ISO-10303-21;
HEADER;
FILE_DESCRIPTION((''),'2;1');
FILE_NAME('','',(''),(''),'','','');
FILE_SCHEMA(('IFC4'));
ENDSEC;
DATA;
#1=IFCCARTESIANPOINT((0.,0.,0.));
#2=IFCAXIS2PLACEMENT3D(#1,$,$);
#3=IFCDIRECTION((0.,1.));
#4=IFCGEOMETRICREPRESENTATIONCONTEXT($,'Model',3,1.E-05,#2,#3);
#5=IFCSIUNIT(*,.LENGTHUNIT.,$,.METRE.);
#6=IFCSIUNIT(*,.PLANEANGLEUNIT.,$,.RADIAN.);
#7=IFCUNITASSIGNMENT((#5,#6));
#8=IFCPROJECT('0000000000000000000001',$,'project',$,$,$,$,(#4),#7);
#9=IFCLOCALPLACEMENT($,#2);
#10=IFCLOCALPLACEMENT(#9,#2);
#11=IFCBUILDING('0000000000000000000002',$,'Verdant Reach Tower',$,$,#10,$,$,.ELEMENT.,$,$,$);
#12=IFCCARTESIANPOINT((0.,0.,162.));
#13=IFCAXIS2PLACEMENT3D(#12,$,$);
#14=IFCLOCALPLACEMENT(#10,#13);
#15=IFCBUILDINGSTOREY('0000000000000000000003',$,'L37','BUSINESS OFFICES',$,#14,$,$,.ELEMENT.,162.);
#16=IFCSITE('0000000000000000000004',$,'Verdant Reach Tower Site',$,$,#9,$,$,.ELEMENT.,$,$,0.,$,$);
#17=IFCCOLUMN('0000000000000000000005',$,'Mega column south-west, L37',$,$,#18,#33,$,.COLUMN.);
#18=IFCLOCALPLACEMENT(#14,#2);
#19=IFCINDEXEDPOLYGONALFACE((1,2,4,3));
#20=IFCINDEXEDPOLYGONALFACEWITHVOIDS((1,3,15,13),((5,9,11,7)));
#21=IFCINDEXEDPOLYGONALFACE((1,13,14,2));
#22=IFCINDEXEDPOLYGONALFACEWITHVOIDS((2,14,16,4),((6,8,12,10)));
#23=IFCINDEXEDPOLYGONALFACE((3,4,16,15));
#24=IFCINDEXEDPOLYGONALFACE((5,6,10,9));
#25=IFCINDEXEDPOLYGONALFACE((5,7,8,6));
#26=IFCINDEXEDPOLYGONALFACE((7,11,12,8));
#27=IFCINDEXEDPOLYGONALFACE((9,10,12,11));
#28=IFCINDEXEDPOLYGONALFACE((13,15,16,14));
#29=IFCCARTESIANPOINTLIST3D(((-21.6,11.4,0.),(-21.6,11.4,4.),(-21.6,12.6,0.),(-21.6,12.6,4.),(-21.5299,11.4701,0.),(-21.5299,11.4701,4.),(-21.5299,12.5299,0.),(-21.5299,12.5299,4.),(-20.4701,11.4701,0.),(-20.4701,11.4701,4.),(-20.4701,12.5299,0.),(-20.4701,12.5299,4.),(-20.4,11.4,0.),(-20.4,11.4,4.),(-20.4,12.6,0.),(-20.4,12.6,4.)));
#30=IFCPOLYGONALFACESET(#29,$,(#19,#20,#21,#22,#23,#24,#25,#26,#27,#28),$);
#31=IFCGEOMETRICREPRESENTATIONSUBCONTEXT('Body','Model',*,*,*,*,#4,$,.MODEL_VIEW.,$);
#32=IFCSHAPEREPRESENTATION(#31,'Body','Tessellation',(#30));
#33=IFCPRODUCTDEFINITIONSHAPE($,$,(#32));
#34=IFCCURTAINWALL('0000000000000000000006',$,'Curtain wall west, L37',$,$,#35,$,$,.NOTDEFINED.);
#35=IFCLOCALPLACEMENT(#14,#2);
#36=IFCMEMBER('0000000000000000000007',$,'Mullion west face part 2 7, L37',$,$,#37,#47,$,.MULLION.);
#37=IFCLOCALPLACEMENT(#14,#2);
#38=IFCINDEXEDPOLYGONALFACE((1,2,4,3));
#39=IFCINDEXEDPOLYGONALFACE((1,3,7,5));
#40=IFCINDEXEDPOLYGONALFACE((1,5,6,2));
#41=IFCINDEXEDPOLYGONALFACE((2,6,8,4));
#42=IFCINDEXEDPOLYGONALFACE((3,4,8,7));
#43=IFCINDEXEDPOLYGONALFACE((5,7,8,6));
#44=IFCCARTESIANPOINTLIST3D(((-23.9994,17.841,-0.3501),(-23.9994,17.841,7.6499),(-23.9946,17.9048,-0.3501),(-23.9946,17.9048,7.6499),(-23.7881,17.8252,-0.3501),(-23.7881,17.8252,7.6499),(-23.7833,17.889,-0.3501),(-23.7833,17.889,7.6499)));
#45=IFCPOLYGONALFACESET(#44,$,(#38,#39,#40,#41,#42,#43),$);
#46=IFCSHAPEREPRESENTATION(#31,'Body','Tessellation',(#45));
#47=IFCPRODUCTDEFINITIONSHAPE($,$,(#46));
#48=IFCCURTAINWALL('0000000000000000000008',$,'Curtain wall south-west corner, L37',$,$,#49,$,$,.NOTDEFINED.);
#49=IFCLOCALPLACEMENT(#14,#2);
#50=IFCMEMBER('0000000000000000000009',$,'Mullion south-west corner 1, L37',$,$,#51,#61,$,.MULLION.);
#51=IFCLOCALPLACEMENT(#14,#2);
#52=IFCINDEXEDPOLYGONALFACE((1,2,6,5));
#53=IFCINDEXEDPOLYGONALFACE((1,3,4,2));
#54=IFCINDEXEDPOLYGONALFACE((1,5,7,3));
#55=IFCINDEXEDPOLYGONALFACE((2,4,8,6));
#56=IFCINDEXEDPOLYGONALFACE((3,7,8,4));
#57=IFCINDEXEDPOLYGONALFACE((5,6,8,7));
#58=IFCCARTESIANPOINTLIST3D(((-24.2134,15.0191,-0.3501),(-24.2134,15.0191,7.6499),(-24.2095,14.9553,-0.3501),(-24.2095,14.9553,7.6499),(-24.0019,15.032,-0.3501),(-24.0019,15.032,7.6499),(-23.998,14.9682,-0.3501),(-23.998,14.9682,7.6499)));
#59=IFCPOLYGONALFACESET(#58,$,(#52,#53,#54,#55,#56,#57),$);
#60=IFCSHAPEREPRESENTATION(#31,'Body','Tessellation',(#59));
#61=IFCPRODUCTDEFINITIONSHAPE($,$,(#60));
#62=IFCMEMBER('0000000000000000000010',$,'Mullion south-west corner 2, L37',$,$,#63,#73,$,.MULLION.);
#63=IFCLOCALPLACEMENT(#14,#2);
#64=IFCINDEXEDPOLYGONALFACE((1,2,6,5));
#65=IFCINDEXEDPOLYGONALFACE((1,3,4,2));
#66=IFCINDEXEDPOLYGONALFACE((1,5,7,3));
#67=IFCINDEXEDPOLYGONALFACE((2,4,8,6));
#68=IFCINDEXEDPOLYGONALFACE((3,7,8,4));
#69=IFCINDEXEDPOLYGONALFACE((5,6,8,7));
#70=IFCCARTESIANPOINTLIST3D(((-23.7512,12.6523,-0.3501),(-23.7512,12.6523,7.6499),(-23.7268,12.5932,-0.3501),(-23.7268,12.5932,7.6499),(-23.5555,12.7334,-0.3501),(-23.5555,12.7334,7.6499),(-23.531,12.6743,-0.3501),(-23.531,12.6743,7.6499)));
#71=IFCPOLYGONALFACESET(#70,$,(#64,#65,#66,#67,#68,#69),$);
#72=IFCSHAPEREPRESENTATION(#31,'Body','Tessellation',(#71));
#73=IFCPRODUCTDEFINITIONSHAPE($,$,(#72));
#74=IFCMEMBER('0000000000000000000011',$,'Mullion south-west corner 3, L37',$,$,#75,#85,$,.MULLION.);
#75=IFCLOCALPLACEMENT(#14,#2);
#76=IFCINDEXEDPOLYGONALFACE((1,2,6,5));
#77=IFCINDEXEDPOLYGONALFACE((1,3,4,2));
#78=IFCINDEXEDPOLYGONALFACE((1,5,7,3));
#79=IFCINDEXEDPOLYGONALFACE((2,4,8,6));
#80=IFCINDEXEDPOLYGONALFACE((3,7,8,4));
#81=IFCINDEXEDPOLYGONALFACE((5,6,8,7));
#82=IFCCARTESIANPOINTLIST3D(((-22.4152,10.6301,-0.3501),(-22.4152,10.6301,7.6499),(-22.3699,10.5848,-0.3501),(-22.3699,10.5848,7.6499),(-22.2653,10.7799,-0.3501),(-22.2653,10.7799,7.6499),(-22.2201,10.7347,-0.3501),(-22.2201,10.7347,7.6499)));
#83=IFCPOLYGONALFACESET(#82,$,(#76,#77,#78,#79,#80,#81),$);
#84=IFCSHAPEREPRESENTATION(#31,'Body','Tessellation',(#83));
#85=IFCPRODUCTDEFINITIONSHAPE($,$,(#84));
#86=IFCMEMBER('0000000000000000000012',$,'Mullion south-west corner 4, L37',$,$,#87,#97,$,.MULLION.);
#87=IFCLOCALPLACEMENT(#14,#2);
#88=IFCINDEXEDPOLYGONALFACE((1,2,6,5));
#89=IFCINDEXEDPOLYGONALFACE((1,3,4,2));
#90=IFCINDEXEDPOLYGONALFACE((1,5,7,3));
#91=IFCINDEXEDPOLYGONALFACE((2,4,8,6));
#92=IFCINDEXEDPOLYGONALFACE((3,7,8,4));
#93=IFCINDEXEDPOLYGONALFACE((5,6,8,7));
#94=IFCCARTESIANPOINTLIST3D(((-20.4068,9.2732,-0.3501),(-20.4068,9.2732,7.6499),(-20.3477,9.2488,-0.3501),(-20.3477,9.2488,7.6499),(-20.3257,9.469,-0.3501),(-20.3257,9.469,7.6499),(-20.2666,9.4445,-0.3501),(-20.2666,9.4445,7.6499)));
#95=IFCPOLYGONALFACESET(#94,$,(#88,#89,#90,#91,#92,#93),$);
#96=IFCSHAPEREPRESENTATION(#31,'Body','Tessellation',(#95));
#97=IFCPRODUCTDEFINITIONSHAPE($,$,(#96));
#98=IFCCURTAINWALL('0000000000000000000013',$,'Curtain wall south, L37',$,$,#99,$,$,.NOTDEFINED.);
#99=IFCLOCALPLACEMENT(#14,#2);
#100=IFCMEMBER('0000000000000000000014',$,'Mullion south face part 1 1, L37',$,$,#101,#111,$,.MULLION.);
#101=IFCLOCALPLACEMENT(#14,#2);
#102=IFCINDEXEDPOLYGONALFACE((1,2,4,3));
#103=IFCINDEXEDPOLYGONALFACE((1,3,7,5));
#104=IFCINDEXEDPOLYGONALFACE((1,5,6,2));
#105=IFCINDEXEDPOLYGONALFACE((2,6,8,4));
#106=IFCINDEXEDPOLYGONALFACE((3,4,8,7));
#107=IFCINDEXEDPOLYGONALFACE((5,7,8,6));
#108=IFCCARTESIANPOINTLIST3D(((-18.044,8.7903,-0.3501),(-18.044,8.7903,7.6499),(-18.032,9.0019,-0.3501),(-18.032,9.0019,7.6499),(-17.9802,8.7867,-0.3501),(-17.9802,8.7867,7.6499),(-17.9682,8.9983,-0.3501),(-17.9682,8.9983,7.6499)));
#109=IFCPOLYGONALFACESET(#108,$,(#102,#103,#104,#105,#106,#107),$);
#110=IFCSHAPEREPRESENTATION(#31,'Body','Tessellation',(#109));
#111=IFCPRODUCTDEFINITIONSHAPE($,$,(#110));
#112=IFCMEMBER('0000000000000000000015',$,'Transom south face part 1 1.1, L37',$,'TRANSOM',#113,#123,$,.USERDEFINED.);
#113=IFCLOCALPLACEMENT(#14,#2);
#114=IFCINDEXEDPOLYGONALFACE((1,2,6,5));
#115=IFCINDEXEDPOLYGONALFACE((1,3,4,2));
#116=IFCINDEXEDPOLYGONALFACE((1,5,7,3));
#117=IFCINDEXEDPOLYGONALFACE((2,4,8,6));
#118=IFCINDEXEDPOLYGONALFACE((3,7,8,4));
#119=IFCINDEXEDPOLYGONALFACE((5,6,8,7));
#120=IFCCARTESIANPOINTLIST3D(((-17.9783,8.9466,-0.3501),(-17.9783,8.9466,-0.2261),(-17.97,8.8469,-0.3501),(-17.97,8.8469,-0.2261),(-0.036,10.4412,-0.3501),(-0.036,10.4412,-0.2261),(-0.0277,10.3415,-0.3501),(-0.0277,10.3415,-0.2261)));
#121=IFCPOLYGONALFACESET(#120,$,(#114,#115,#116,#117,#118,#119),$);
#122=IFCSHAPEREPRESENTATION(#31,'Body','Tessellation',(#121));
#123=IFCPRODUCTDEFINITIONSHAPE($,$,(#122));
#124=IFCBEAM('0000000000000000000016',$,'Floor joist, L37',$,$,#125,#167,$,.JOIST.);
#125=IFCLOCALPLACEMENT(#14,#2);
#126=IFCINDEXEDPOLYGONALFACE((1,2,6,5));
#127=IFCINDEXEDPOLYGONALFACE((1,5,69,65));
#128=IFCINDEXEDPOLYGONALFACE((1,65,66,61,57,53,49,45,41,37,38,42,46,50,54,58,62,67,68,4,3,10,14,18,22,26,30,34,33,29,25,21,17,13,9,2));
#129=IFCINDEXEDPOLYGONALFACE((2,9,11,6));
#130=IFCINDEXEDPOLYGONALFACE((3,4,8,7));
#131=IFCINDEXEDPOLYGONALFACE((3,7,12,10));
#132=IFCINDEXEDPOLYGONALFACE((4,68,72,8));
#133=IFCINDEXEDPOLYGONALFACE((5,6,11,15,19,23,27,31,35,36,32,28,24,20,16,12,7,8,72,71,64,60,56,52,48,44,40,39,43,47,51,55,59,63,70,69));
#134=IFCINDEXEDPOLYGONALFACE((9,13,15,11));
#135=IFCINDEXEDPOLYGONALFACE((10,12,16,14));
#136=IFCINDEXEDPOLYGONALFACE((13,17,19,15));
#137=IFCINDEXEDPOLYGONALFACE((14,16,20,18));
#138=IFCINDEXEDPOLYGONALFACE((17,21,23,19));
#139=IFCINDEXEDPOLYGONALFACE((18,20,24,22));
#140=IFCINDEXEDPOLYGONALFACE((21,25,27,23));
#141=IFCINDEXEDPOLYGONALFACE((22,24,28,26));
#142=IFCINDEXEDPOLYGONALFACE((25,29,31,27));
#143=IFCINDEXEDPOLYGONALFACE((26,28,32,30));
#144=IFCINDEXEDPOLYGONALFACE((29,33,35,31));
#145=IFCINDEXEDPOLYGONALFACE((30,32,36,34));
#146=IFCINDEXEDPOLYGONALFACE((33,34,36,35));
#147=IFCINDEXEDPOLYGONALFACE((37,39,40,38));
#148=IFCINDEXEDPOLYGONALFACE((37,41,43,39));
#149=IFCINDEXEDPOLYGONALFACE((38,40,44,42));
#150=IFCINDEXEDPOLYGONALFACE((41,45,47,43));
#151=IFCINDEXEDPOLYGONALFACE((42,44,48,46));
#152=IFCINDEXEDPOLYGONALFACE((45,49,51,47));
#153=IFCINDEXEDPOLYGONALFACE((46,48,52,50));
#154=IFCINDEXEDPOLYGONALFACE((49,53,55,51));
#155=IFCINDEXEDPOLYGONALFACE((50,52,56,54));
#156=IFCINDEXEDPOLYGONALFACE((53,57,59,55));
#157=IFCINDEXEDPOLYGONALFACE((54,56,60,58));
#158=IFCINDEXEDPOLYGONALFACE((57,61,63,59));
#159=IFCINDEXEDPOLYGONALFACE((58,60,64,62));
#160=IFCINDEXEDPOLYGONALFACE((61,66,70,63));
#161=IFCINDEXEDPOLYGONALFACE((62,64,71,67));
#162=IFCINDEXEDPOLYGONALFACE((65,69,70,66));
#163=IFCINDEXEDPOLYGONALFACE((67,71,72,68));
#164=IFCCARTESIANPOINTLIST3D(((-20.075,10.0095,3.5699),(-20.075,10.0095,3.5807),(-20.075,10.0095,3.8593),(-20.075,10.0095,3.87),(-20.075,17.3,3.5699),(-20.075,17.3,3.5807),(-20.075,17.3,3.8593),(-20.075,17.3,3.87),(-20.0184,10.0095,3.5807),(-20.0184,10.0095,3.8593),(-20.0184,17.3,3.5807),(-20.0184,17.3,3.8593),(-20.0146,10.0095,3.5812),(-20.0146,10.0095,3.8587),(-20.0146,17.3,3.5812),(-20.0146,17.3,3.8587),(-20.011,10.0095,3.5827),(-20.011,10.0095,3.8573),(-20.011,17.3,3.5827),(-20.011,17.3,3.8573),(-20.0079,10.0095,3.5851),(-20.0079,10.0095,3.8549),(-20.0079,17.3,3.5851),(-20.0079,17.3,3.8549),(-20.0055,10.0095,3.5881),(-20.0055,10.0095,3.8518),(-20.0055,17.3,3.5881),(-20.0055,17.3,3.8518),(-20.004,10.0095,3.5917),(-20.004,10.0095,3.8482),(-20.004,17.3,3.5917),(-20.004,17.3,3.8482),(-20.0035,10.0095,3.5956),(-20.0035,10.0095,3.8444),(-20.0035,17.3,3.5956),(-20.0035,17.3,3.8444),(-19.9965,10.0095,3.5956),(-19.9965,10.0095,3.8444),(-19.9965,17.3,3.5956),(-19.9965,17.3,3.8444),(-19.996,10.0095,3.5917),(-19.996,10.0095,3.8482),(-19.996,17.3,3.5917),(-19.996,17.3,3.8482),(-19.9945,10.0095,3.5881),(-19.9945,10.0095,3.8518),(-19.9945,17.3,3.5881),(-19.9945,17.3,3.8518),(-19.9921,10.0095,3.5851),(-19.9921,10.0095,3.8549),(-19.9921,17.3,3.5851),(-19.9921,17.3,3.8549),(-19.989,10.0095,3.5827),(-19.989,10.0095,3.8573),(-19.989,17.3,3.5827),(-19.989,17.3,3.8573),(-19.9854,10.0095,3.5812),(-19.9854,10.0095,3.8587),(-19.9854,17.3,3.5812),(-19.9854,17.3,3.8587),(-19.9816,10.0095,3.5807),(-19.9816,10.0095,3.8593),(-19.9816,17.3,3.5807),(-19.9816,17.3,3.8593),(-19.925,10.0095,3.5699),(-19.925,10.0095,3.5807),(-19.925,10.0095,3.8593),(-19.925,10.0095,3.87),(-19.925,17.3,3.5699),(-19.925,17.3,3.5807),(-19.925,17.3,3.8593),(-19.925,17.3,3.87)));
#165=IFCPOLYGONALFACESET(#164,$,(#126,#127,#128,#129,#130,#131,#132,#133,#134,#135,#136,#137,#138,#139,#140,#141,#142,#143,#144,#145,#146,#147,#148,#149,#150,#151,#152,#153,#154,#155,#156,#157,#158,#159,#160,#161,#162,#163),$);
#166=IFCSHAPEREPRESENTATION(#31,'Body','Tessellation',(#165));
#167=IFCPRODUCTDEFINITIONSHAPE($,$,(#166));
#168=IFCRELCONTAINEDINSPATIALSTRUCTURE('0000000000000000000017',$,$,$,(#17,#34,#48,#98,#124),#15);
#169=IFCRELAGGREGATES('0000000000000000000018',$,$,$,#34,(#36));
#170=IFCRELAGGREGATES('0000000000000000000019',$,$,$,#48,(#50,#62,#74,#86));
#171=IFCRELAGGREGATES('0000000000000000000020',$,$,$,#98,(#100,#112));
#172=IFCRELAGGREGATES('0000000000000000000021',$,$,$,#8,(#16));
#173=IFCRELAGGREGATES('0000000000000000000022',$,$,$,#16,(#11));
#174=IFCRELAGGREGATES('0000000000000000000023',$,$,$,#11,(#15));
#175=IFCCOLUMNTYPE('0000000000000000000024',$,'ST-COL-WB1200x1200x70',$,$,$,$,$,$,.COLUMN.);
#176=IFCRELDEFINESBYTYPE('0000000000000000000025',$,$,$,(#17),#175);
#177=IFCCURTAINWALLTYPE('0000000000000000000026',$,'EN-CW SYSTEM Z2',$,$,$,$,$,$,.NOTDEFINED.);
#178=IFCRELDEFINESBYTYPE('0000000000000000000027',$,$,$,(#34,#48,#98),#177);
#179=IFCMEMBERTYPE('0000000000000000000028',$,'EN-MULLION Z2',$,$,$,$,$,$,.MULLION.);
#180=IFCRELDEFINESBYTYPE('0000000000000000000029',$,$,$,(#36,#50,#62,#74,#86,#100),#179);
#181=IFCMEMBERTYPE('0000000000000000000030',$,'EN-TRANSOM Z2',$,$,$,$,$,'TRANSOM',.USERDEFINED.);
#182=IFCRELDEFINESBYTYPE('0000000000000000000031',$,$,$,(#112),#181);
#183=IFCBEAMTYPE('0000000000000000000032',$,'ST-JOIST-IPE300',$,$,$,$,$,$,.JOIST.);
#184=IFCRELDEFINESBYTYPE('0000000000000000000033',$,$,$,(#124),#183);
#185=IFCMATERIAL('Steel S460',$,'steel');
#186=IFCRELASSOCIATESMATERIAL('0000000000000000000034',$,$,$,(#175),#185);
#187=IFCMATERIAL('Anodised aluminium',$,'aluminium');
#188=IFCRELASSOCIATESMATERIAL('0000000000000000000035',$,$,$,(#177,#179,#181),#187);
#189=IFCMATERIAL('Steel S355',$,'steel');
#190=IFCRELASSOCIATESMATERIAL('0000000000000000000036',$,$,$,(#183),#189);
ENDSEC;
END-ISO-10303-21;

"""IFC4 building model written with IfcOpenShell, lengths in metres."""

from ifc_helpers import new_model, si_unit, direction, frame, origin, origin_2d, place, context, subcontext, project, spatial, rectangle, hollow_rectangle, i_section, extrude, material, material_profile, profile_set, type_object, element, aggregate, save


model = new_model("IFC4")

# Units and contexts
model_context = context("Model", 3, precision=1e-05, world=origin(), true_north=direction((0.0, 1.0)))
body_context = subcontext(model_context, "Body", "Model", "MODEL_VIEW")
ifc_project = project(units=[si_unit("LENGTHUNIT", "METRE"), si_unit("PLANEANGLEUNIT", "RADIAN")], contexts=[model_context])

# Site, building, storey
site_placement = place(None, origin())
site = spatial("IfcSite", under=ifc_project, at=site_placement, Name="Verdant Reach Tower Site", CompositionType="ELEMENT", RefElevation=0.0)
building_placement = place(site_placement, origin())
building = spatial("IfcBuilding", under=site, at=building_placement, Name="Verdant Reach Tower", CompositionType="ELEMENT")
storey_placement = place(building_placement, frame((0.0, 0.0, 162.0)))
storey = spatial("IfcBuildingStorey", under=building, at=storey_placement, Name="L37", Description="BUSINESS OFFICES", CompositionType="ELEMENT", Elevation=162.0)

# Column
ifc_material_1 = material(Name="Steel S460", Category="steel")
ifc_material_profile_1 = material_profile(ifc_material_1, hollow_rectangle(XDim=1.2, YDim=1.2, WallThickness=0.0701, at=origin_2d()), Name="WB 1200x1200x70")
ifc_profile_set_1 = profile_set([ifc_material_profile_1], Name="Steel S460")
column_type = type_object("IfcColumnType", Name="ST-COL-WB1200x1200x70", PredefinedType="COLUMN", material=ifc_profile_set_1)
column_placement = place(storey_placement, frame((-21.0, 12.0, 0.0), z_axis=(0.0, 0.0, 1.0), x_axis=(1.0, 0.0, 0.0)))
element("IfcColumn", 1, at=column_placement, inside=storey, type_object=column_type, Name="Mega column south-west, L37", PredefinedType="COLUMN", context=body_context, shape_type="SweptSolid", body=[
    extrude(hollow_rectangle(XDim=1.2, YDim=1.2, WallThickness=0.0701, at=origin_2d()), origin(), (0.0, 0.0, 1.0), 4.0),
])

# Curtain wall, member
ifc_material_2 = material(Name="Anodised aluminium", Category="aluminium")
curtain_wall_type = type_object("IfcCurtainWallType", Name="EN-CW SYSTEM Z2", PredefinedType="NOTDEFINED", material=ifc_material_2)
curtain_wall_1_placement = place(storey_placement, origin())
curtain_wall_1 = element("IfcCurtainWall", 2, at=curtain_wall_1_placement, inside=storey, type_object=curtain_wall_type, Name="Curtain wall west, L37", PredefinedType="NOTDEFINED")
ifc_material_profile_2 = material_profile(ifc_material_2, rectangle(XDim=0.2119, YDim=0.064, at=origin_2d()), Name="Mullion 64x212")
ifc_profile_set_2 = profile_set([ifc_material_profile_2], Name="Anodised aluminium")
member_type_1 = type_object("IfcMemberType", Name="EN-MULLION Z2", PredefinedType="MULLION", material=ifc_profile_set_2)
member_1_placement = place(storey_placement, frame((-23.8914, 17.865, -0.3501), z_axis=(0.0, 0.0, 1.0), x_axis=(-0.997199, 0.07479, 0.0)))
member_1 = element("IfcMember", 3, at=member_1_placement, type_object=member_type_1, Name="Mullion west face part 2 7, L37", PredefinedType="MULLION", context=body_context, shape_type="SweptSolid", body=[
    extrude(rectangle(XDim=0.2119, YDim=0.064, at=origin_2d()), origin(), (0.0, 0.0, 1.0), 8.0),
])

# Curtain walls, members
curtain_wall_2_placement = place(storey_placement, origin())
curtain_wall_2 = element("IfcCurtainWall", 4, at=curtain_wall_2_placement, inside=storey, type_object=curtain_wall_type, Name="Curtain wall south-west corner, L37", PredefinedType="NOTDEFINED")
member_2_placement = place(storey_placement, frame((-24.1057, 14.9937, -0.3501), z_axis=(0.0, 0.0, 1.0), x_axis=(-0.998156, -0.060703, 0.0)))
member_2 = element("IfcMember", 5, at=member_2_placement, type_object=member_type_1, Name="Mullion south-west corner 1, L37", PredefinedType="MULLION", context=body_context, shape_type="SweptSolid", body=[
    extrude(rectangle(XDim=0.2119, YDim=0.064, at=origin_2d()), origin(), (0.0, 0.0, 1.0), 8.0),
])
member_3_placement = place(storey_placement, frame((-23.6411, 12.6633, -0.3501), z_axis=(0.0, 0.0, 1.0), x_axis=(-0.923875, -0.382694, 0.0)))
member_3 = element("IfcMember", 6, at=member_3_placement, type_object=member_type_1, Name="Mullion south-west corner 2, L37", PredefinedType="MULLION", context=body_context, shape_type="SweptSolid", body=[
    extrude(rectangle(XDim=0.2119, YDim=0.064, at=origin_2d()), origin(), (0.0, 0.0, 1.0), 8.0),
])
member_4_placement = place(storey_placement, frame((-22.3176, 10.6824, -0.3501), z_axis=(0.0, 0.0, 1.0), x_axis=(-0.707107, -0.707107, 0.0)))
member_4 = element("IfcMember", 7, at=member_4_placement, type_object=member_type_1, Name="Mullion south-west corner 3, L37", PredefinedType="MULLION", context=body_context, shape_type="SweptSolid", body=[
    extrude(rectangle(XDim=0.2119, YDim=0.064, at=origin_2d()), origin(), (0.0, 0.0, 1.0), 8.0),
])
member_5_placement = place(storey_placement, frame((-20.3367, 9.3589, -0.3501), z_axis=(0.0, 0.0, 1.0), x_axis=(-0.382694, -0.923875, 0.0)))
member_5 = element("IfcMember", 8, at=member_5_placement, type_object=member_type_1, Name="Mullion south-west corner 4, L37", PredefinedType="MULLION", context=body_context, shape_type="SweptSolid", body=[
    extrude(rectangle(XDim=0.2119, YDim=0.064, at=origin_2d()), origin(), (0.0, 0.0, 1.0), 8.0),
])
curtain_wall_3_placement = place(storey_placement, origin())
curtain_wall_3 = element("IfcCurtainWall", 9, at=curtain_wall_3_placement, inside=storey, type_object=curtain_wall_type, Name="Curtain wall south, L37", PredefinedType="NOTDEFINED")
member_6_placement = place(storey_placement, frame((-18.0061, 8.8943, -0.3501), z_axis=(0.0, 0.0, 1.0), x_axis=(-0.056569, -0.998399, 0.0)))
member_6 = element("IfcMember", 10, at=member_6_placement, type_object=member_type_1, Name="Mullion south face part 1 1, L37", PredefinedType="MULLION", context=body_context, shape_type="SweptSolid", body=[
    extrude(rectangle(XDim=0.2119, YDim=0.064, at=origin_2d()), origin(), (0.0, 0.0, 1.0), 8.0),
])
ifc_material_profile_3 = material_profile(ifc_material_2, rectangle(XDim=0.1001, YDim=0.124, at=origin_2d()), Name="Transom 124x100")
ifc_profile_set_3 = profile_set([ifc_material_profile_3], Name="Anodised aluminium")
member_type_2 = type_object("IfcMemberType", Name="EN-TRANSOM Z2", ElementType="TRANSOM", PredefinedType="USERDEFINED", material=ifc_profile_set_3)
member_7_placement = place(storey_placement, frame((-17.9741, 8.8967, -0.2881), z_axis=(0.996548, 0.083015, 0.0), x_axis=(-0.083015, 0.996548, 0.0)))
member_7 = element("IfcMember", 11, at=member_7_placement, type_object=member_type_2, Name="Transom south face part 1 1.1, L37", ObjectType="TRANSOM", PredefinedType="USERDEFINED", context=body_context, shape_type="SweptSolid", body=[
    extrude(rectangle(XDim=0.1001, YDim=0.124, at=origin_2d()), origin(), (0.0, 0.0, 1.0), 18.0044),
])

# Beam
ifc_material_3 = material(Name="Steel S355", Category="steel")
ifc_material_profile_4 = material_profile(ifc_material_3, i_section(OverallWidth=0.1499, OverallDepth=0.3, WebThickness=0.0071, FlangeThickness=0.0107, FilletRadius=0.0149, at=origin_2d()), Name="IPE 300")
ifc_profile_set_4 = profile_set([ifc_material_profile_4], Name="Steel S355")
beam_type_1 = type_object("IfcBeamType", Name="ST-JOIST-IPE300", PredefinedType="JOIST", material=ifc_profile_set_4)
beam_1_placement = place(storey_placement, frame((-20.0, 17.3, 3.72), z_axis=(0.0, -1.0, 0.0), x_axis=(1.0, 0.0, 0.0)))
element("IfcBeam", 12, at=beam_1_placement, inside=storey, type_object=beam_type_1, Name="Floor joist, L37", PredefinedType="JOIST", context=body_context, shape_type="SweptSolid", body=[
    extrude(i_section(OverallWidth=0.1499, OverallDepth=0.3, WebThickness=0.0071, FlangeThickness=0.0107, FilletRadius=0.0149, at=origin_2d()), origin(), (0.0, 0.0, 1.0), 7.2905),
])

aggregate(curtain_wall_1, [member_1])
aggregate(curtain_wall_2, [member_2, member_3, member_4, member_5])
aggregate(curtain_wall_3, [member_6, member_7])

save(model, "model.ifc")
